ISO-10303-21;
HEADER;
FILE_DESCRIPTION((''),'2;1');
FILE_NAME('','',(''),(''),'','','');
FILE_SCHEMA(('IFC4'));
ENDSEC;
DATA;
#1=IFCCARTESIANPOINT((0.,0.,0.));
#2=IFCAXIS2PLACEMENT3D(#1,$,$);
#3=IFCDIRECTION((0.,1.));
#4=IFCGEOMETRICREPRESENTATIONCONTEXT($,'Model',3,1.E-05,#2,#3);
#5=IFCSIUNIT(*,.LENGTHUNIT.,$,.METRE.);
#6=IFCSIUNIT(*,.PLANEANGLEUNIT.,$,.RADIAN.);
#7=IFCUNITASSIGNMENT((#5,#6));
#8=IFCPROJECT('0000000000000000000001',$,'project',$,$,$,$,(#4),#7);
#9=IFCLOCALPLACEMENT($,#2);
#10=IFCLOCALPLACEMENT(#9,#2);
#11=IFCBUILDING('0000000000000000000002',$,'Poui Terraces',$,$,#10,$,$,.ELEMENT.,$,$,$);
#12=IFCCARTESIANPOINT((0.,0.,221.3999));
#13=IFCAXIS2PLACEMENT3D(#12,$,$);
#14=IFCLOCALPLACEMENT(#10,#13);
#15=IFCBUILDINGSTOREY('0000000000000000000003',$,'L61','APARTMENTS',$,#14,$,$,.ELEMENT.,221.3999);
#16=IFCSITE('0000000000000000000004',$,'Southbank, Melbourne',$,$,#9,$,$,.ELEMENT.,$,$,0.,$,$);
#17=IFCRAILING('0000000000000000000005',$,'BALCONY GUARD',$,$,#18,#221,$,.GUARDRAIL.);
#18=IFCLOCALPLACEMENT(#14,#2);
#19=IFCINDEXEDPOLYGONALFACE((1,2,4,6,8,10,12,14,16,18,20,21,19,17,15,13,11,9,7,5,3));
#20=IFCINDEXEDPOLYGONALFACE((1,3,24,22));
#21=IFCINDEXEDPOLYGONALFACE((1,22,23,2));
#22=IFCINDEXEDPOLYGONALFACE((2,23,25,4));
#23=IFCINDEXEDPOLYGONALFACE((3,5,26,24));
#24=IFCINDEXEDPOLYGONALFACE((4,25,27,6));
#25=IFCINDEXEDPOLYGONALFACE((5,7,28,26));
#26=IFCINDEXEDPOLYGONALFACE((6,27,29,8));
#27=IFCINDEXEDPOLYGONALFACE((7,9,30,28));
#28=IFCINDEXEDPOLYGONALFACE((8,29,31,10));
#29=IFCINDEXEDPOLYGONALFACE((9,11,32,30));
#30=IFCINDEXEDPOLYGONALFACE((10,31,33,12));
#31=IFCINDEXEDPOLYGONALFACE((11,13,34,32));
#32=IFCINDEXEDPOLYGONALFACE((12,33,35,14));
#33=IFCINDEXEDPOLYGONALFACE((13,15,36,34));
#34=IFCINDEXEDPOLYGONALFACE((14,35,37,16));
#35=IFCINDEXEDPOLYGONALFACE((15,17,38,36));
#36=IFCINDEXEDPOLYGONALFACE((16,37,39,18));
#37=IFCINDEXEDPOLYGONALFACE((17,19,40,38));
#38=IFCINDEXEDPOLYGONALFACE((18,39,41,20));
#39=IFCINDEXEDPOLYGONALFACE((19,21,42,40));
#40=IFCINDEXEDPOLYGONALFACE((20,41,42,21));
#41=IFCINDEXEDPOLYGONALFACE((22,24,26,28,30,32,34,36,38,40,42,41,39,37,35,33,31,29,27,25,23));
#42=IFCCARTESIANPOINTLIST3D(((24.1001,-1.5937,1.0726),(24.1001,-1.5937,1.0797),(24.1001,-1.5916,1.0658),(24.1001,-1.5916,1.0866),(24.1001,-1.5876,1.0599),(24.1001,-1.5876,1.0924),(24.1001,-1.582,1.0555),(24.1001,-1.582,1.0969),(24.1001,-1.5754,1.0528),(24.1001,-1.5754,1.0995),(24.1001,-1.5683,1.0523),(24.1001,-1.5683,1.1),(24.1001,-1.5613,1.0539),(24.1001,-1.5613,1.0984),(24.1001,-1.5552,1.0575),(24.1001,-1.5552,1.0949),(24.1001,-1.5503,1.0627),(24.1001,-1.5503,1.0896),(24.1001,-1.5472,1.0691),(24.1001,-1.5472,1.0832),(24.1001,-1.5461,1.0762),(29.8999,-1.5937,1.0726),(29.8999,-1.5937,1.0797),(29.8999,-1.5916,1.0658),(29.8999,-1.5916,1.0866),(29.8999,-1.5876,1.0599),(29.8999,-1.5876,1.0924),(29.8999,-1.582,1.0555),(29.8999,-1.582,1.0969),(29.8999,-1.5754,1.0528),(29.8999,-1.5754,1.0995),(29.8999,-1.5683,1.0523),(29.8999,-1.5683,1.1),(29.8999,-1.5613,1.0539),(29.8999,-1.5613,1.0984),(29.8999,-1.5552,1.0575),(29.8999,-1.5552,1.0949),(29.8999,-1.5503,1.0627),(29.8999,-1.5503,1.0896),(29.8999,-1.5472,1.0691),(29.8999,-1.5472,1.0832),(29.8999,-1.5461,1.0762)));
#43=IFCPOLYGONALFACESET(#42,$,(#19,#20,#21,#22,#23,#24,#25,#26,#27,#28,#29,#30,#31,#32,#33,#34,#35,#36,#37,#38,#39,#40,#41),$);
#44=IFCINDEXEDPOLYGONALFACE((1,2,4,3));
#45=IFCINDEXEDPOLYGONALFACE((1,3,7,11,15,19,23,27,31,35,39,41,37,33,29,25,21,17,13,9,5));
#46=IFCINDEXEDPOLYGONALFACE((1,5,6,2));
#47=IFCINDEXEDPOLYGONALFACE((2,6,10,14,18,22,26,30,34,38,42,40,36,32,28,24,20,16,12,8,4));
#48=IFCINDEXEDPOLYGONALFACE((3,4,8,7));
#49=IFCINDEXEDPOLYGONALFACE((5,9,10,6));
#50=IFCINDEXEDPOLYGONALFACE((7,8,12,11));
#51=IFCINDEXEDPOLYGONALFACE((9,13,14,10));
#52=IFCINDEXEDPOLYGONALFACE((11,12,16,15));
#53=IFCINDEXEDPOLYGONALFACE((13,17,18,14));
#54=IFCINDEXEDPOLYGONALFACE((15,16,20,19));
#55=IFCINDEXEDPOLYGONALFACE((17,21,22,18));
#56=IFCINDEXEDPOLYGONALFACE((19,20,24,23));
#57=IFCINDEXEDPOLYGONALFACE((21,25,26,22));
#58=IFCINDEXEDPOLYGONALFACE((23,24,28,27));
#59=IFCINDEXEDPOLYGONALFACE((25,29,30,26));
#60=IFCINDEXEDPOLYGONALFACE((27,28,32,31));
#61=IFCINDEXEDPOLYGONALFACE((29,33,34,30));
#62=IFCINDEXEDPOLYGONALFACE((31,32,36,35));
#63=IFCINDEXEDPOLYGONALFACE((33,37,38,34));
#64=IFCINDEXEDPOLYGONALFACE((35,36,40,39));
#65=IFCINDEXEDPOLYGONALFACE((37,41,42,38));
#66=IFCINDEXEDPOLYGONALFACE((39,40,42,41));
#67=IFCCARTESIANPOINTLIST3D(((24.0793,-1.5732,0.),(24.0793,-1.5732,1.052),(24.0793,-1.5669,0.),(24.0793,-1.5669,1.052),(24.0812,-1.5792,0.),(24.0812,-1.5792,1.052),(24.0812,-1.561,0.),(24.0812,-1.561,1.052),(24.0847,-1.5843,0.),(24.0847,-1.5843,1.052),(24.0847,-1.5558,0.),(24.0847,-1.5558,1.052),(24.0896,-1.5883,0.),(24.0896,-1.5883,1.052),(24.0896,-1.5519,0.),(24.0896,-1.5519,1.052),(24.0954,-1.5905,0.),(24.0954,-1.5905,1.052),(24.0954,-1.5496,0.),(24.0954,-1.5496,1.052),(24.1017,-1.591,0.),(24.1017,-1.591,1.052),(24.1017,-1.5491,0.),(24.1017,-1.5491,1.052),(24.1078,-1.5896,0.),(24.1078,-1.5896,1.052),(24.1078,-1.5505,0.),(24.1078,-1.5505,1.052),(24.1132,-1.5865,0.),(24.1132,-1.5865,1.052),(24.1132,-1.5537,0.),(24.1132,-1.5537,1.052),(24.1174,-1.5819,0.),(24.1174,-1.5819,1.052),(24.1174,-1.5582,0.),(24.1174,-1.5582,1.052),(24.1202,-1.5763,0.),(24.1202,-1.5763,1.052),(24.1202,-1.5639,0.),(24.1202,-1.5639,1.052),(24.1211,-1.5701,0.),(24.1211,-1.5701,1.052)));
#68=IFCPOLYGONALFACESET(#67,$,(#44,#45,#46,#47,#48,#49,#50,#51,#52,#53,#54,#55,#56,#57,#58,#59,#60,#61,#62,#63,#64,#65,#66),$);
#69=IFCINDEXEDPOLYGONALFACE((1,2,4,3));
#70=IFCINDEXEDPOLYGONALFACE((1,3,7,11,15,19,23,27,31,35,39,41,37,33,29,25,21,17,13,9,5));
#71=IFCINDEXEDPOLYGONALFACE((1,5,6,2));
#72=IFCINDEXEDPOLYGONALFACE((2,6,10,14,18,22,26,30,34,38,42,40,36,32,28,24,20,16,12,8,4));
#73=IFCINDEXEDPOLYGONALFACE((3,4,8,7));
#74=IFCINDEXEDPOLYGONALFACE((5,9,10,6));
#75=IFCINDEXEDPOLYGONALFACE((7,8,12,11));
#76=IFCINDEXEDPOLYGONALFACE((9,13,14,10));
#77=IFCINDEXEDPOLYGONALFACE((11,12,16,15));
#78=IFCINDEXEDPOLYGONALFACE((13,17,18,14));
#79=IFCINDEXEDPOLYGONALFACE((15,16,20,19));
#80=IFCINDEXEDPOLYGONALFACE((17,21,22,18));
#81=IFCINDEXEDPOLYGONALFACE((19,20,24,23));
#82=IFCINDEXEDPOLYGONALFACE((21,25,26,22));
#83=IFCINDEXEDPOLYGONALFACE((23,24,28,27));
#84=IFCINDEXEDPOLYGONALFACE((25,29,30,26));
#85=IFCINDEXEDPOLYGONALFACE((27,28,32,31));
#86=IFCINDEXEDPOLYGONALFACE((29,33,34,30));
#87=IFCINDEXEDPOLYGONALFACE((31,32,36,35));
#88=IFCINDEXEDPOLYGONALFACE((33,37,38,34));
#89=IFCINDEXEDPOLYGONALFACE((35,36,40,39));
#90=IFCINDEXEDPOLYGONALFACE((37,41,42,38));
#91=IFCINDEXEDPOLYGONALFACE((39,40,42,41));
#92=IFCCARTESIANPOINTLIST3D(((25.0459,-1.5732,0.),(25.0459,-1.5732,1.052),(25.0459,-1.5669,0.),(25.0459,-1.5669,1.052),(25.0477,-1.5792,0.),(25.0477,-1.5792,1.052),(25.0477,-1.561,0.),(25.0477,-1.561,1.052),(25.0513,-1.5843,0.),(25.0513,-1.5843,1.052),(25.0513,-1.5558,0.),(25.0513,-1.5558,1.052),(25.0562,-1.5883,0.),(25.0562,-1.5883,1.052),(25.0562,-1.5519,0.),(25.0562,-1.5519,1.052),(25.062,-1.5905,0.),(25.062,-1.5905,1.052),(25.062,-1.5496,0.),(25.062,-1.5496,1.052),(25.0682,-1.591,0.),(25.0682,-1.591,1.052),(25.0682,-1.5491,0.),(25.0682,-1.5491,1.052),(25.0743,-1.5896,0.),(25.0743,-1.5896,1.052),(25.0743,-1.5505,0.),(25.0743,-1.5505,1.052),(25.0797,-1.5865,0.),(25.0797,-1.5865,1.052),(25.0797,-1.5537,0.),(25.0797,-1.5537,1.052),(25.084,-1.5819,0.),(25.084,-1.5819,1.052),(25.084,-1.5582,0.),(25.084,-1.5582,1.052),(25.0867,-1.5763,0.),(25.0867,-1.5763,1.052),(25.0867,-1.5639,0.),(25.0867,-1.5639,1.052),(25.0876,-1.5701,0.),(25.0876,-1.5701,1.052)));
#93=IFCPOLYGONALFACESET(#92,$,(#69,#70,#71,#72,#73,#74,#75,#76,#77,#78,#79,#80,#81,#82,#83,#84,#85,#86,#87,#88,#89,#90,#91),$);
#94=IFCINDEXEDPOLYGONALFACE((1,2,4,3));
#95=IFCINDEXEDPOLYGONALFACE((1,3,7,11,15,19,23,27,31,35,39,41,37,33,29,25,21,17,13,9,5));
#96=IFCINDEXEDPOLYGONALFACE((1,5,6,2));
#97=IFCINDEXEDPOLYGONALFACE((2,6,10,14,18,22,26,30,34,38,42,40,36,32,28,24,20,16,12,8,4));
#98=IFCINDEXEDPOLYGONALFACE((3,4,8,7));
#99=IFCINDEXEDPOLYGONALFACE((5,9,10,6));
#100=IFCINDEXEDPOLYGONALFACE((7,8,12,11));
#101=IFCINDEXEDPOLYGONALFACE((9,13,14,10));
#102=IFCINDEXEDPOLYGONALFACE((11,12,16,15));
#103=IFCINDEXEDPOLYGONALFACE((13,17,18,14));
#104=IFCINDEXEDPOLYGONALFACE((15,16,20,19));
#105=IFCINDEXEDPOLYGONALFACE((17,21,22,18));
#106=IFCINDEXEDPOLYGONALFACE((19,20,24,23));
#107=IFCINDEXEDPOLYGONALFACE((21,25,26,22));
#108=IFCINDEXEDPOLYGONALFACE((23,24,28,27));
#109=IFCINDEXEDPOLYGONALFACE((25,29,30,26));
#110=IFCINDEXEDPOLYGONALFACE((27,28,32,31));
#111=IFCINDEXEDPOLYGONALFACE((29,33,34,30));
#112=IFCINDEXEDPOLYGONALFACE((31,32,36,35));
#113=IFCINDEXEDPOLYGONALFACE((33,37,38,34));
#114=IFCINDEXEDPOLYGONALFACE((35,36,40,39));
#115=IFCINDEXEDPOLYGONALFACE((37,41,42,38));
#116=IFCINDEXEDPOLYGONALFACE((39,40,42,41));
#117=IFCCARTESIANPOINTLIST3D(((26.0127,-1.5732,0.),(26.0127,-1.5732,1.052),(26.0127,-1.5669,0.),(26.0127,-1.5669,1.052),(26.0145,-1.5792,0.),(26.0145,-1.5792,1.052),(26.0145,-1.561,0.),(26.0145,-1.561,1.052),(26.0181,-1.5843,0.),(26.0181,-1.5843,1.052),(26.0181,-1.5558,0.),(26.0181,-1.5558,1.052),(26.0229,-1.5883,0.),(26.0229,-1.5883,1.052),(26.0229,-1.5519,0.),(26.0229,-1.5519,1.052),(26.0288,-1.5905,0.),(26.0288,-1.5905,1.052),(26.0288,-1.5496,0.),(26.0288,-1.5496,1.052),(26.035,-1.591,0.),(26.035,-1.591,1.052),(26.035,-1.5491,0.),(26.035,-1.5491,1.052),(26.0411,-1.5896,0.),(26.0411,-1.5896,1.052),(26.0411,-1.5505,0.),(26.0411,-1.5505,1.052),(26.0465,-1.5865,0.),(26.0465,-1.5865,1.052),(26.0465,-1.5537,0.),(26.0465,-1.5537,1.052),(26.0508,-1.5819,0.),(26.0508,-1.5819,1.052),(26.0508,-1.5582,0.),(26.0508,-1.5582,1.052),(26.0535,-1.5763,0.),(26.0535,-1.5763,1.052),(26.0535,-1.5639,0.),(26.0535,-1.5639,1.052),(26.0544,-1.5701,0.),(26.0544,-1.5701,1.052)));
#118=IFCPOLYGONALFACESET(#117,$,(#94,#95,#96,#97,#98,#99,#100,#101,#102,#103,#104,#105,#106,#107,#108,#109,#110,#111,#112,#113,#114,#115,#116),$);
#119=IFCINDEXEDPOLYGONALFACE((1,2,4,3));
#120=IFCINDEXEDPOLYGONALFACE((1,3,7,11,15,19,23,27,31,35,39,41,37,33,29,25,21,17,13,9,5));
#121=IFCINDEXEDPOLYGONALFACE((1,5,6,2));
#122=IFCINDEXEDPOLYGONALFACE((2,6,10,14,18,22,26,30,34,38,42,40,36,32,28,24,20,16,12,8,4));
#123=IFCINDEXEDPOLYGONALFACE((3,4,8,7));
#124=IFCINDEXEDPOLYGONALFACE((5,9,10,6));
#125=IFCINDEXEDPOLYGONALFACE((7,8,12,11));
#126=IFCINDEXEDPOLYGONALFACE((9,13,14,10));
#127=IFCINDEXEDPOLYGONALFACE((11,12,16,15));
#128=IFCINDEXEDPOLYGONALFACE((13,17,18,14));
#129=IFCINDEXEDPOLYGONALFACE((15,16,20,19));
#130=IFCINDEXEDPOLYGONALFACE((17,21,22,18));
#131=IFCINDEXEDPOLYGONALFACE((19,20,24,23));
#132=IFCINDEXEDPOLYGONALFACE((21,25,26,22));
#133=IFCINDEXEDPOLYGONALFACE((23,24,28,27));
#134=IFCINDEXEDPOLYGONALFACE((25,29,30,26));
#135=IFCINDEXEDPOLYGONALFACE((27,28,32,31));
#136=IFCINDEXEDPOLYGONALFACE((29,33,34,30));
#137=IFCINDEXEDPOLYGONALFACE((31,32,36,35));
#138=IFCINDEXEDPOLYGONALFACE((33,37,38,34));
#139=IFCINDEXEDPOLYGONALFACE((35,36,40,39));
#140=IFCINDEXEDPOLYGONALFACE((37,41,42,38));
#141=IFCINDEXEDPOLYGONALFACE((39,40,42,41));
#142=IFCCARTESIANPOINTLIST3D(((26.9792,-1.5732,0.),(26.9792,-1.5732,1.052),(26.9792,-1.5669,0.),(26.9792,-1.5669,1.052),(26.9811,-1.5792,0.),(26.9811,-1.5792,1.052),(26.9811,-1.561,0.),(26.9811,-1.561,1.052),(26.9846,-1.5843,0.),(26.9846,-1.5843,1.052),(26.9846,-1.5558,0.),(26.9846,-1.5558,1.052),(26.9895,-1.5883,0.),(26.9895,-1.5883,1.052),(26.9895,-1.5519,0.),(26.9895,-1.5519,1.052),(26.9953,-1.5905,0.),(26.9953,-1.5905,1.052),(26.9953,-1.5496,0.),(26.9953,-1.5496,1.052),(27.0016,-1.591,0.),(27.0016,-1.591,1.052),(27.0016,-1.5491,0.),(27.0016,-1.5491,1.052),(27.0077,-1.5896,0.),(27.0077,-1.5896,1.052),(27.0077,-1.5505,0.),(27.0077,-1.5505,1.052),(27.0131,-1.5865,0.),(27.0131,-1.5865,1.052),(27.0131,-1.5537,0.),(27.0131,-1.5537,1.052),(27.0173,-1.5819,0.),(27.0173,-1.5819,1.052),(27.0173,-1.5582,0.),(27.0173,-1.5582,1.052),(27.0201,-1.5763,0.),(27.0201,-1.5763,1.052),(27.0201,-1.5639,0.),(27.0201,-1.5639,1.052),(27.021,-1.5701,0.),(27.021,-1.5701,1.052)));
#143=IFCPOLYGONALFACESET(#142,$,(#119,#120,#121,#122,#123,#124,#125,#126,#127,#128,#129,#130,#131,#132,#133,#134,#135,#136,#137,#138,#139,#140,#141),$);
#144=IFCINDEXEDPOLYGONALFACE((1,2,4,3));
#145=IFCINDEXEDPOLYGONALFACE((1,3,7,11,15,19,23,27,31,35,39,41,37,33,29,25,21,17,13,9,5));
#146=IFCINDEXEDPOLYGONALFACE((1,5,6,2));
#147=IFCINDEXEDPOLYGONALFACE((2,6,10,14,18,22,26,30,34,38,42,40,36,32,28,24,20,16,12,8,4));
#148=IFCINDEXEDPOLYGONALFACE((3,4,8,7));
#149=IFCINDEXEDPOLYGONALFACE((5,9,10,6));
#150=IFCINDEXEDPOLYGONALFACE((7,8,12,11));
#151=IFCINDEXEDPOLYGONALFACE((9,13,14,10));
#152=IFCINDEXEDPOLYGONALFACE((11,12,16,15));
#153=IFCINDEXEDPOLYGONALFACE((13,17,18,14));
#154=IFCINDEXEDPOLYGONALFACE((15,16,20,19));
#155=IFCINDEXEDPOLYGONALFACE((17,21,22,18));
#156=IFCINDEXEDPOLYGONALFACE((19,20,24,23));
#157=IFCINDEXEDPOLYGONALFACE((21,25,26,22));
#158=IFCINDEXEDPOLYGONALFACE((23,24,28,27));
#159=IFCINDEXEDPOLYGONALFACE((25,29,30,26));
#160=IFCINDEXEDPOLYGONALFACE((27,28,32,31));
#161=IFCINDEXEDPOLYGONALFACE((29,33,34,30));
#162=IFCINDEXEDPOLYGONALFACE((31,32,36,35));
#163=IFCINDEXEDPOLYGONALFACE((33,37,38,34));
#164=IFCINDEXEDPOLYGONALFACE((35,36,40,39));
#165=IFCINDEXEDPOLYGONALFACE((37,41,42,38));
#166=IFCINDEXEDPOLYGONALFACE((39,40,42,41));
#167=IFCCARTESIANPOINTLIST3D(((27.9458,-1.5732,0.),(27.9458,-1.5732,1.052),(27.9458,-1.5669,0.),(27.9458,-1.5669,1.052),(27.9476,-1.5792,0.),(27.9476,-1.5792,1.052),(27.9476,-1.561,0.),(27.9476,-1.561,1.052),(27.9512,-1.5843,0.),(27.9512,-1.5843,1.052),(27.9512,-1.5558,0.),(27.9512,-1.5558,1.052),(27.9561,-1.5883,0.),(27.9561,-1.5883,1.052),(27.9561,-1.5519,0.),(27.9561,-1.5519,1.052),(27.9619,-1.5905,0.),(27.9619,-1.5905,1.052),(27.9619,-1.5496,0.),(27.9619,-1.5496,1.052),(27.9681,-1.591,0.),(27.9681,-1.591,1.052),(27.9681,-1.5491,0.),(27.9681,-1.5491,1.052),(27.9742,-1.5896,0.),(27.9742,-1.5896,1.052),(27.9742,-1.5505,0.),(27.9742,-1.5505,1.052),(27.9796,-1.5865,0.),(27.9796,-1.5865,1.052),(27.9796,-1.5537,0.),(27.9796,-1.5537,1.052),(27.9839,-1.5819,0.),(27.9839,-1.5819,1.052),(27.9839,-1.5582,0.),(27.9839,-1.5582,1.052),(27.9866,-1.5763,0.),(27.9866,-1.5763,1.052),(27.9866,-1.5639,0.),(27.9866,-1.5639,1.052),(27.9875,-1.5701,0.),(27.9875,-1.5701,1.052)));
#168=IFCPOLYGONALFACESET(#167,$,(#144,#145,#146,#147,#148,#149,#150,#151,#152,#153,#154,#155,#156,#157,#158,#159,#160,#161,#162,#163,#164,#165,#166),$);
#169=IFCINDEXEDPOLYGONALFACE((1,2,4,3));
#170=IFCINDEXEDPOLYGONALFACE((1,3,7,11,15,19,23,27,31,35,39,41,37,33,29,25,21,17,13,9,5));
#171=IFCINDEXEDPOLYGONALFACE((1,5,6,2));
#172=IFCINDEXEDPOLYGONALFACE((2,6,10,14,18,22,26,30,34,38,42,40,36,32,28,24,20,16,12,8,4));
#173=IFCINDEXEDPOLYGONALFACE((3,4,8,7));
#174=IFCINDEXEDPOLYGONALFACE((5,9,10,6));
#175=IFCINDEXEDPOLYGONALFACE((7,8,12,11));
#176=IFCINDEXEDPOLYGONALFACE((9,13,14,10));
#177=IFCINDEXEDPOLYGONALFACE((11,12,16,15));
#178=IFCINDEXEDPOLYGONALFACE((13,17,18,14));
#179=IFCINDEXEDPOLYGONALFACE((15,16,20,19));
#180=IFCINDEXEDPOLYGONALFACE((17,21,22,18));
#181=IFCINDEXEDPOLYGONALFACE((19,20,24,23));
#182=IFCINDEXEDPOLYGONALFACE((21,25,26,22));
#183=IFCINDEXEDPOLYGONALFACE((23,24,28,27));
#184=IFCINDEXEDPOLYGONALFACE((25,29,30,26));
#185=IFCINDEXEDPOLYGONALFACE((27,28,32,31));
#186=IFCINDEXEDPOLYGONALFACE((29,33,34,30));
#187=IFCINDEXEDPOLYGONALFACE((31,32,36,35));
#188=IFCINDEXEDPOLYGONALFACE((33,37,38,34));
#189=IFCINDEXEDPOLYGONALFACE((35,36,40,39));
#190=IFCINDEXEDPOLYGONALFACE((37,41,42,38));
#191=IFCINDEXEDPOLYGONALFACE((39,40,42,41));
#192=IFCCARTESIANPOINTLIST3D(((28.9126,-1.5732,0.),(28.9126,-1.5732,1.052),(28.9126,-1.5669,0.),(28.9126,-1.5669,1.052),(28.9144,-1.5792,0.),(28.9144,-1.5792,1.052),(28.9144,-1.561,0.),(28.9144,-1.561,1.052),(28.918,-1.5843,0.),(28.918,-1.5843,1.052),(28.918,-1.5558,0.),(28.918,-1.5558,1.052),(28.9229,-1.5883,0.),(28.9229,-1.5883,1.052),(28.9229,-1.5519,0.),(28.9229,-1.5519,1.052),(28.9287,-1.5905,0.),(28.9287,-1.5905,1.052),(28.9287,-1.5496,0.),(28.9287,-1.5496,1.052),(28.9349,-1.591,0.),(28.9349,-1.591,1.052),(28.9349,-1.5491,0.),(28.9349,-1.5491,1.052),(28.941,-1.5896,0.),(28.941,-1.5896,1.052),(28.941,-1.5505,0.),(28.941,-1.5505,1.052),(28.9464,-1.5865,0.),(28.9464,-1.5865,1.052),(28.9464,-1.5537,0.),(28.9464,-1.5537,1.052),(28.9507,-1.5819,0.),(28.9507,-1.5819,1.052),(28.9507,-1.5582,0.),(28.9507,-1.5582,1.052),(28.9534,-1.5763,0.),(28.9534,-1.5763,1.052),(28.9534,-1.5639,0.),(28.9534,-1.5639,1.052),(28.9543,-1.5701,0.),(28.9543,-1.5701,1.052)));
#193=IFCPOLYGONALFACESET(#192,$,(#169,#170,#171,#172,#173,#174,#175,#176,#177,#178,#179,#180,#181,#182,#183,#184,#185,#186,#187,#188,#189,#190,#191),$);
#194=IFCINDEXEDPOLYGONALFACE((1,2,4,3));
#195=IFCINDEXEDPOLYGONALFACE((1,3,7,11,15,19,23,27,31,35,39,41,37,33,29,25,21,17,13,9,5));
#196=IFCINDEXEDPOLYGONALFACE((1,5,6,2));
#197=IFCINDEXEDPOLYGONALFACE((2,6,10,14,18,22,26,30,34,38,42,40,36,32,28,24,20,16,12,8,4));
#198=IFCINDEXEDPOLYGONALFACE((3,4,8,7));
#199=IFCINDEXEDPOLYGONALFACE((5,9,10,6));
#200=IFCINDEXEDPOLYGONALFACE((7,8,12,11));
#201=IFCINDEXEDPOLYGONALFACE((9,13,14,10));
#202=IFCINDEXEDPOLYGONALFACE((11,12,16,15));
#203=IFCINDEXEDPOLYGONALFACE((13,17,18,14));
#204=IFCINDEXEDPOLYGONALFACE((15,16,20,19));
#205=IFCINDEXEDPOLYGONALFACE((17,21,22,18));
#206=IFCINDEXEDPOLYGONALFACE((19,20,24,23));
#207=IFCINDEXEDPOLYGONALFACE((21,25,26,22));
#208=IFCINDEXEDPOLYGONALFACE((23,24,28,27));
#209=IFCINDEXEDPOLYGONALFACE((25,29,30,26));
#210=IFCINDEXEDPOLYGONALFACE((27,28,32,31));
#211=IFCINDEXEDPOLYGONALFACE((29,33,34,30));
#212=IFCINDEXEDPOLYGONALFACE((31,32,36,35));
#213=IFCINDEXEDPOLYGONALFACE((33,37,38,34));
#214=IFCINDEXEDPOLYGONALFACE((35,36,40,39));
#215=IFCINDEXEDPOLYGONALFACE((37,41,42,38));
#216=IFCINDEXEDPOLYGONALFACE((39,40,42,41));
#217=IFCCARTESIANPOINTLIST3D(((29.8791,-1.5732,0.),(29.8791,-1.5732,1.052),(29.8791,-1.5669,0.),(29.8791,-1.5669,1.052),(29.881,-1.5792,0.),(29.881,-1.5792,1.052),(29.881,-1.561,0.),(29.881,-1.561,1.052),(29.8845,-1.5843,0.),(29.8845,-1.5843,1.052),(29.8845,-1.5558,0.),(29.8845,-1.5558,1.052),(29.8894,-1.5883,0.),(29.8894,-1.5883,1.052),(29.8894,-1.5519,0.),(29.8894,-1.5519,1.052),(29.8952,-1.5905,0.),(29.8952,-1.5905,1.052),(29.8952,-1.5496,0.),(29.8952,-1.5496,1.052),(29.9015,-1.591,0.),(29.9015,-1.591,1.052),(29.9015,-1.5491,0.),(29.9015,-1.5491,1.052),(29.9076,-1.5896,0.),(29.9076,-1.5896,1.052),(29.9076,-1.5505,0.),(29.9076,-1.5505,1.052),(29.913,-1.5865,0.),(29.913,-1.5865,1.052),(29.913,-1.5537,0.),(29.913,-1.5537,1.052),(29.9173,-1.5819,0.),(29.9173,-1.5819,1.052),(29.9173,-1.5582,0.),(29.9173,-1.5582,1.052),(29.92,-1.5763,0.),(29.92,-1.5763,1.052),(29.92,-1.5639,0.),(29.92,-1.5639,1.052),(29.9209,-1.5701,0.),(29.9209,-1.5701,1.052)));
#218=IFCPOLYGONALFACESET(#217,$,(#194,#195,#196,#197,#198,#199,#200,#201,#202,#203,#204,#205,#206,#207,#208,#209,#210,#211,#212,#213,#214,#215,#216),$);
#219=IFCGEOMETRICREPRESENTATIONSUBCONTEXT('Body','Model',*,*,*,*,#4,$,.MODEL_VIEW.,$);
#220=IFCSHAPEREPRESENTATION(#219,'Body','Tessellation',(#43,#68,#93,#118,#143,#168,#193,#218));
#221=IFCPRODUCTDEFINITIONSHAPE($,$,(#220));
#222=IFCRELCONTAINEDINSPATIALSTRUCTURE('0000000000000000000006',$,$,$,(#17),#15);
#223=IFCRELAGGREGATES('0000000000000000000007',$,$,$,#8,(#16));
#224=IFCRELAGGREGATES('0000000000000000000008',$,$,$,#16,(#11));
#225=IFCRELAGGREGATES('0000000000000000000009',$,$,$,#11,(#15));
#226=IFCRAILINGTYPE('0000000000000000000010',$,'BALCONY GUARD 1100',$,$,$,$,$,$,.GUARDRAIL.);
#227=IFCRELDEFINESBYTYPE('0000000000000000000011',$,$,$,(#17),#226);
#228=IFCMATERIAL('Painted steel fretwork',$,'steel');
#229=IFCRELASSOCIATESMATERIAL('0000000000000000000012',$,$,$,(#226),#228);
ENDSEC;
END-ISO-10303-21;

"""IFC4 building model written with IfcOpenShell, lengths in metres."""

from ifc_helpers import new_model, si_unit, direction, frame, origin, origin_2d, place, context, subcontext, project, spatial, circle, extrude, material, type_object, element, save


model = new_model("IFC4")

# Units and contexts
model_context = context("Model", 3, precision=1e-05, world=origin(), true_north=direction((0.0, 1.0)))
body_context = subcontext(model_context, "Body", "Model", "MODEL_VIEW")
ifc_project = project(units=[si_unit("LENGTHUNIT", "METRE"), si_unit("PLANEANGLEUNIT", "RADIAN")], contexts=[model_context])

# Site, building, storey
site_placement = place(None, origin())
site = spatial("IfcSite", under=ifc_project, at=site_placement, Name="Southbank, Melbourne", CompositionType="ELEMENT", RefElevation=0.0)
building_placement = place(site_placement, origin())
building = spatial("IfcBuilding", under=site, at=building_placement, Name="Poui Terraces", CompositionType="ELEMENT")
storey_placement = place(building_placement, frame((0.0, 0.0, 221.3999)))
storey = spatial("IfcBuildingStorey", under=building, at=storey_placement, Name="L61", Description="APARTMENTS", CompositionType="ELEMENT", Elevation=221.3999)

# Railing
ifc_material_1 = material(Name="Painted steel fretwork", Category="steel")
railing_type = type_object("IfcRailingType", Name="BALCONY GUARD 1100", PredefinedType="GUARDRAIL", material=ifc_material_1)
railing_placement = place(storey_placement, frame((24.1001, -1.5701, 0.0)))
element("IfcRailing", 1, at=railing_placement, inside=storey, type_object=railing_type, Name="BALCONY GUARD", PredefinedType="GUARDRAIL", context=body_context, shape_type="SweptSolid", body=[
    extrude(circle(Radius=0.0239, at=origin_2d()), frame((0.0, 0.0, 1.0762), z_axis=(1.0, 0.0, 0.0), x_axis=(0.0, 1.0, 0.0)), (0.0, 0.0, 1.0), 5.7998),
    extrude(circle(Radius=0.021, at=origin_2d()), origin(), (0.0, 0.0, 1.0), 1.052),
    extrude(circle(Radius=0.021, at=origin_2d()), frame((0.9666, 0.0, 0.0)), (0.0, 0.0, 1.0), 1.052),
    extrude(circle(Radius=0.021, at=origin_2d()), frame((1.9333, 0.0, 0.0)), (0.0, 0.0, 1.0), 1.052),
    extrude(circle(Radius=0.021, at=origin_2d()), frame((2.8999, 0.0, 0.0)), (0.0, 0.0, 1.0), 1.052),
    extrude(circle(Radius=0.021, at=origin_2d()), frame((3.8665, 0.0, 0.0)), (0.0, 0.0, 1.0), 1.052),
    extrude(circle(Radius=0.021, at=origin_2d()), frame((4.8333, 0.0, 0.0)), (0.0, 0.0, 1.0), 1.052),
    extrude(circle(Radius=0.021, at=origin_2d()), frame((5.7998, 0.0, 0.0)), (0.0, 0.0, 1.0), 1.052),
])

save(model, "model.ifc")
